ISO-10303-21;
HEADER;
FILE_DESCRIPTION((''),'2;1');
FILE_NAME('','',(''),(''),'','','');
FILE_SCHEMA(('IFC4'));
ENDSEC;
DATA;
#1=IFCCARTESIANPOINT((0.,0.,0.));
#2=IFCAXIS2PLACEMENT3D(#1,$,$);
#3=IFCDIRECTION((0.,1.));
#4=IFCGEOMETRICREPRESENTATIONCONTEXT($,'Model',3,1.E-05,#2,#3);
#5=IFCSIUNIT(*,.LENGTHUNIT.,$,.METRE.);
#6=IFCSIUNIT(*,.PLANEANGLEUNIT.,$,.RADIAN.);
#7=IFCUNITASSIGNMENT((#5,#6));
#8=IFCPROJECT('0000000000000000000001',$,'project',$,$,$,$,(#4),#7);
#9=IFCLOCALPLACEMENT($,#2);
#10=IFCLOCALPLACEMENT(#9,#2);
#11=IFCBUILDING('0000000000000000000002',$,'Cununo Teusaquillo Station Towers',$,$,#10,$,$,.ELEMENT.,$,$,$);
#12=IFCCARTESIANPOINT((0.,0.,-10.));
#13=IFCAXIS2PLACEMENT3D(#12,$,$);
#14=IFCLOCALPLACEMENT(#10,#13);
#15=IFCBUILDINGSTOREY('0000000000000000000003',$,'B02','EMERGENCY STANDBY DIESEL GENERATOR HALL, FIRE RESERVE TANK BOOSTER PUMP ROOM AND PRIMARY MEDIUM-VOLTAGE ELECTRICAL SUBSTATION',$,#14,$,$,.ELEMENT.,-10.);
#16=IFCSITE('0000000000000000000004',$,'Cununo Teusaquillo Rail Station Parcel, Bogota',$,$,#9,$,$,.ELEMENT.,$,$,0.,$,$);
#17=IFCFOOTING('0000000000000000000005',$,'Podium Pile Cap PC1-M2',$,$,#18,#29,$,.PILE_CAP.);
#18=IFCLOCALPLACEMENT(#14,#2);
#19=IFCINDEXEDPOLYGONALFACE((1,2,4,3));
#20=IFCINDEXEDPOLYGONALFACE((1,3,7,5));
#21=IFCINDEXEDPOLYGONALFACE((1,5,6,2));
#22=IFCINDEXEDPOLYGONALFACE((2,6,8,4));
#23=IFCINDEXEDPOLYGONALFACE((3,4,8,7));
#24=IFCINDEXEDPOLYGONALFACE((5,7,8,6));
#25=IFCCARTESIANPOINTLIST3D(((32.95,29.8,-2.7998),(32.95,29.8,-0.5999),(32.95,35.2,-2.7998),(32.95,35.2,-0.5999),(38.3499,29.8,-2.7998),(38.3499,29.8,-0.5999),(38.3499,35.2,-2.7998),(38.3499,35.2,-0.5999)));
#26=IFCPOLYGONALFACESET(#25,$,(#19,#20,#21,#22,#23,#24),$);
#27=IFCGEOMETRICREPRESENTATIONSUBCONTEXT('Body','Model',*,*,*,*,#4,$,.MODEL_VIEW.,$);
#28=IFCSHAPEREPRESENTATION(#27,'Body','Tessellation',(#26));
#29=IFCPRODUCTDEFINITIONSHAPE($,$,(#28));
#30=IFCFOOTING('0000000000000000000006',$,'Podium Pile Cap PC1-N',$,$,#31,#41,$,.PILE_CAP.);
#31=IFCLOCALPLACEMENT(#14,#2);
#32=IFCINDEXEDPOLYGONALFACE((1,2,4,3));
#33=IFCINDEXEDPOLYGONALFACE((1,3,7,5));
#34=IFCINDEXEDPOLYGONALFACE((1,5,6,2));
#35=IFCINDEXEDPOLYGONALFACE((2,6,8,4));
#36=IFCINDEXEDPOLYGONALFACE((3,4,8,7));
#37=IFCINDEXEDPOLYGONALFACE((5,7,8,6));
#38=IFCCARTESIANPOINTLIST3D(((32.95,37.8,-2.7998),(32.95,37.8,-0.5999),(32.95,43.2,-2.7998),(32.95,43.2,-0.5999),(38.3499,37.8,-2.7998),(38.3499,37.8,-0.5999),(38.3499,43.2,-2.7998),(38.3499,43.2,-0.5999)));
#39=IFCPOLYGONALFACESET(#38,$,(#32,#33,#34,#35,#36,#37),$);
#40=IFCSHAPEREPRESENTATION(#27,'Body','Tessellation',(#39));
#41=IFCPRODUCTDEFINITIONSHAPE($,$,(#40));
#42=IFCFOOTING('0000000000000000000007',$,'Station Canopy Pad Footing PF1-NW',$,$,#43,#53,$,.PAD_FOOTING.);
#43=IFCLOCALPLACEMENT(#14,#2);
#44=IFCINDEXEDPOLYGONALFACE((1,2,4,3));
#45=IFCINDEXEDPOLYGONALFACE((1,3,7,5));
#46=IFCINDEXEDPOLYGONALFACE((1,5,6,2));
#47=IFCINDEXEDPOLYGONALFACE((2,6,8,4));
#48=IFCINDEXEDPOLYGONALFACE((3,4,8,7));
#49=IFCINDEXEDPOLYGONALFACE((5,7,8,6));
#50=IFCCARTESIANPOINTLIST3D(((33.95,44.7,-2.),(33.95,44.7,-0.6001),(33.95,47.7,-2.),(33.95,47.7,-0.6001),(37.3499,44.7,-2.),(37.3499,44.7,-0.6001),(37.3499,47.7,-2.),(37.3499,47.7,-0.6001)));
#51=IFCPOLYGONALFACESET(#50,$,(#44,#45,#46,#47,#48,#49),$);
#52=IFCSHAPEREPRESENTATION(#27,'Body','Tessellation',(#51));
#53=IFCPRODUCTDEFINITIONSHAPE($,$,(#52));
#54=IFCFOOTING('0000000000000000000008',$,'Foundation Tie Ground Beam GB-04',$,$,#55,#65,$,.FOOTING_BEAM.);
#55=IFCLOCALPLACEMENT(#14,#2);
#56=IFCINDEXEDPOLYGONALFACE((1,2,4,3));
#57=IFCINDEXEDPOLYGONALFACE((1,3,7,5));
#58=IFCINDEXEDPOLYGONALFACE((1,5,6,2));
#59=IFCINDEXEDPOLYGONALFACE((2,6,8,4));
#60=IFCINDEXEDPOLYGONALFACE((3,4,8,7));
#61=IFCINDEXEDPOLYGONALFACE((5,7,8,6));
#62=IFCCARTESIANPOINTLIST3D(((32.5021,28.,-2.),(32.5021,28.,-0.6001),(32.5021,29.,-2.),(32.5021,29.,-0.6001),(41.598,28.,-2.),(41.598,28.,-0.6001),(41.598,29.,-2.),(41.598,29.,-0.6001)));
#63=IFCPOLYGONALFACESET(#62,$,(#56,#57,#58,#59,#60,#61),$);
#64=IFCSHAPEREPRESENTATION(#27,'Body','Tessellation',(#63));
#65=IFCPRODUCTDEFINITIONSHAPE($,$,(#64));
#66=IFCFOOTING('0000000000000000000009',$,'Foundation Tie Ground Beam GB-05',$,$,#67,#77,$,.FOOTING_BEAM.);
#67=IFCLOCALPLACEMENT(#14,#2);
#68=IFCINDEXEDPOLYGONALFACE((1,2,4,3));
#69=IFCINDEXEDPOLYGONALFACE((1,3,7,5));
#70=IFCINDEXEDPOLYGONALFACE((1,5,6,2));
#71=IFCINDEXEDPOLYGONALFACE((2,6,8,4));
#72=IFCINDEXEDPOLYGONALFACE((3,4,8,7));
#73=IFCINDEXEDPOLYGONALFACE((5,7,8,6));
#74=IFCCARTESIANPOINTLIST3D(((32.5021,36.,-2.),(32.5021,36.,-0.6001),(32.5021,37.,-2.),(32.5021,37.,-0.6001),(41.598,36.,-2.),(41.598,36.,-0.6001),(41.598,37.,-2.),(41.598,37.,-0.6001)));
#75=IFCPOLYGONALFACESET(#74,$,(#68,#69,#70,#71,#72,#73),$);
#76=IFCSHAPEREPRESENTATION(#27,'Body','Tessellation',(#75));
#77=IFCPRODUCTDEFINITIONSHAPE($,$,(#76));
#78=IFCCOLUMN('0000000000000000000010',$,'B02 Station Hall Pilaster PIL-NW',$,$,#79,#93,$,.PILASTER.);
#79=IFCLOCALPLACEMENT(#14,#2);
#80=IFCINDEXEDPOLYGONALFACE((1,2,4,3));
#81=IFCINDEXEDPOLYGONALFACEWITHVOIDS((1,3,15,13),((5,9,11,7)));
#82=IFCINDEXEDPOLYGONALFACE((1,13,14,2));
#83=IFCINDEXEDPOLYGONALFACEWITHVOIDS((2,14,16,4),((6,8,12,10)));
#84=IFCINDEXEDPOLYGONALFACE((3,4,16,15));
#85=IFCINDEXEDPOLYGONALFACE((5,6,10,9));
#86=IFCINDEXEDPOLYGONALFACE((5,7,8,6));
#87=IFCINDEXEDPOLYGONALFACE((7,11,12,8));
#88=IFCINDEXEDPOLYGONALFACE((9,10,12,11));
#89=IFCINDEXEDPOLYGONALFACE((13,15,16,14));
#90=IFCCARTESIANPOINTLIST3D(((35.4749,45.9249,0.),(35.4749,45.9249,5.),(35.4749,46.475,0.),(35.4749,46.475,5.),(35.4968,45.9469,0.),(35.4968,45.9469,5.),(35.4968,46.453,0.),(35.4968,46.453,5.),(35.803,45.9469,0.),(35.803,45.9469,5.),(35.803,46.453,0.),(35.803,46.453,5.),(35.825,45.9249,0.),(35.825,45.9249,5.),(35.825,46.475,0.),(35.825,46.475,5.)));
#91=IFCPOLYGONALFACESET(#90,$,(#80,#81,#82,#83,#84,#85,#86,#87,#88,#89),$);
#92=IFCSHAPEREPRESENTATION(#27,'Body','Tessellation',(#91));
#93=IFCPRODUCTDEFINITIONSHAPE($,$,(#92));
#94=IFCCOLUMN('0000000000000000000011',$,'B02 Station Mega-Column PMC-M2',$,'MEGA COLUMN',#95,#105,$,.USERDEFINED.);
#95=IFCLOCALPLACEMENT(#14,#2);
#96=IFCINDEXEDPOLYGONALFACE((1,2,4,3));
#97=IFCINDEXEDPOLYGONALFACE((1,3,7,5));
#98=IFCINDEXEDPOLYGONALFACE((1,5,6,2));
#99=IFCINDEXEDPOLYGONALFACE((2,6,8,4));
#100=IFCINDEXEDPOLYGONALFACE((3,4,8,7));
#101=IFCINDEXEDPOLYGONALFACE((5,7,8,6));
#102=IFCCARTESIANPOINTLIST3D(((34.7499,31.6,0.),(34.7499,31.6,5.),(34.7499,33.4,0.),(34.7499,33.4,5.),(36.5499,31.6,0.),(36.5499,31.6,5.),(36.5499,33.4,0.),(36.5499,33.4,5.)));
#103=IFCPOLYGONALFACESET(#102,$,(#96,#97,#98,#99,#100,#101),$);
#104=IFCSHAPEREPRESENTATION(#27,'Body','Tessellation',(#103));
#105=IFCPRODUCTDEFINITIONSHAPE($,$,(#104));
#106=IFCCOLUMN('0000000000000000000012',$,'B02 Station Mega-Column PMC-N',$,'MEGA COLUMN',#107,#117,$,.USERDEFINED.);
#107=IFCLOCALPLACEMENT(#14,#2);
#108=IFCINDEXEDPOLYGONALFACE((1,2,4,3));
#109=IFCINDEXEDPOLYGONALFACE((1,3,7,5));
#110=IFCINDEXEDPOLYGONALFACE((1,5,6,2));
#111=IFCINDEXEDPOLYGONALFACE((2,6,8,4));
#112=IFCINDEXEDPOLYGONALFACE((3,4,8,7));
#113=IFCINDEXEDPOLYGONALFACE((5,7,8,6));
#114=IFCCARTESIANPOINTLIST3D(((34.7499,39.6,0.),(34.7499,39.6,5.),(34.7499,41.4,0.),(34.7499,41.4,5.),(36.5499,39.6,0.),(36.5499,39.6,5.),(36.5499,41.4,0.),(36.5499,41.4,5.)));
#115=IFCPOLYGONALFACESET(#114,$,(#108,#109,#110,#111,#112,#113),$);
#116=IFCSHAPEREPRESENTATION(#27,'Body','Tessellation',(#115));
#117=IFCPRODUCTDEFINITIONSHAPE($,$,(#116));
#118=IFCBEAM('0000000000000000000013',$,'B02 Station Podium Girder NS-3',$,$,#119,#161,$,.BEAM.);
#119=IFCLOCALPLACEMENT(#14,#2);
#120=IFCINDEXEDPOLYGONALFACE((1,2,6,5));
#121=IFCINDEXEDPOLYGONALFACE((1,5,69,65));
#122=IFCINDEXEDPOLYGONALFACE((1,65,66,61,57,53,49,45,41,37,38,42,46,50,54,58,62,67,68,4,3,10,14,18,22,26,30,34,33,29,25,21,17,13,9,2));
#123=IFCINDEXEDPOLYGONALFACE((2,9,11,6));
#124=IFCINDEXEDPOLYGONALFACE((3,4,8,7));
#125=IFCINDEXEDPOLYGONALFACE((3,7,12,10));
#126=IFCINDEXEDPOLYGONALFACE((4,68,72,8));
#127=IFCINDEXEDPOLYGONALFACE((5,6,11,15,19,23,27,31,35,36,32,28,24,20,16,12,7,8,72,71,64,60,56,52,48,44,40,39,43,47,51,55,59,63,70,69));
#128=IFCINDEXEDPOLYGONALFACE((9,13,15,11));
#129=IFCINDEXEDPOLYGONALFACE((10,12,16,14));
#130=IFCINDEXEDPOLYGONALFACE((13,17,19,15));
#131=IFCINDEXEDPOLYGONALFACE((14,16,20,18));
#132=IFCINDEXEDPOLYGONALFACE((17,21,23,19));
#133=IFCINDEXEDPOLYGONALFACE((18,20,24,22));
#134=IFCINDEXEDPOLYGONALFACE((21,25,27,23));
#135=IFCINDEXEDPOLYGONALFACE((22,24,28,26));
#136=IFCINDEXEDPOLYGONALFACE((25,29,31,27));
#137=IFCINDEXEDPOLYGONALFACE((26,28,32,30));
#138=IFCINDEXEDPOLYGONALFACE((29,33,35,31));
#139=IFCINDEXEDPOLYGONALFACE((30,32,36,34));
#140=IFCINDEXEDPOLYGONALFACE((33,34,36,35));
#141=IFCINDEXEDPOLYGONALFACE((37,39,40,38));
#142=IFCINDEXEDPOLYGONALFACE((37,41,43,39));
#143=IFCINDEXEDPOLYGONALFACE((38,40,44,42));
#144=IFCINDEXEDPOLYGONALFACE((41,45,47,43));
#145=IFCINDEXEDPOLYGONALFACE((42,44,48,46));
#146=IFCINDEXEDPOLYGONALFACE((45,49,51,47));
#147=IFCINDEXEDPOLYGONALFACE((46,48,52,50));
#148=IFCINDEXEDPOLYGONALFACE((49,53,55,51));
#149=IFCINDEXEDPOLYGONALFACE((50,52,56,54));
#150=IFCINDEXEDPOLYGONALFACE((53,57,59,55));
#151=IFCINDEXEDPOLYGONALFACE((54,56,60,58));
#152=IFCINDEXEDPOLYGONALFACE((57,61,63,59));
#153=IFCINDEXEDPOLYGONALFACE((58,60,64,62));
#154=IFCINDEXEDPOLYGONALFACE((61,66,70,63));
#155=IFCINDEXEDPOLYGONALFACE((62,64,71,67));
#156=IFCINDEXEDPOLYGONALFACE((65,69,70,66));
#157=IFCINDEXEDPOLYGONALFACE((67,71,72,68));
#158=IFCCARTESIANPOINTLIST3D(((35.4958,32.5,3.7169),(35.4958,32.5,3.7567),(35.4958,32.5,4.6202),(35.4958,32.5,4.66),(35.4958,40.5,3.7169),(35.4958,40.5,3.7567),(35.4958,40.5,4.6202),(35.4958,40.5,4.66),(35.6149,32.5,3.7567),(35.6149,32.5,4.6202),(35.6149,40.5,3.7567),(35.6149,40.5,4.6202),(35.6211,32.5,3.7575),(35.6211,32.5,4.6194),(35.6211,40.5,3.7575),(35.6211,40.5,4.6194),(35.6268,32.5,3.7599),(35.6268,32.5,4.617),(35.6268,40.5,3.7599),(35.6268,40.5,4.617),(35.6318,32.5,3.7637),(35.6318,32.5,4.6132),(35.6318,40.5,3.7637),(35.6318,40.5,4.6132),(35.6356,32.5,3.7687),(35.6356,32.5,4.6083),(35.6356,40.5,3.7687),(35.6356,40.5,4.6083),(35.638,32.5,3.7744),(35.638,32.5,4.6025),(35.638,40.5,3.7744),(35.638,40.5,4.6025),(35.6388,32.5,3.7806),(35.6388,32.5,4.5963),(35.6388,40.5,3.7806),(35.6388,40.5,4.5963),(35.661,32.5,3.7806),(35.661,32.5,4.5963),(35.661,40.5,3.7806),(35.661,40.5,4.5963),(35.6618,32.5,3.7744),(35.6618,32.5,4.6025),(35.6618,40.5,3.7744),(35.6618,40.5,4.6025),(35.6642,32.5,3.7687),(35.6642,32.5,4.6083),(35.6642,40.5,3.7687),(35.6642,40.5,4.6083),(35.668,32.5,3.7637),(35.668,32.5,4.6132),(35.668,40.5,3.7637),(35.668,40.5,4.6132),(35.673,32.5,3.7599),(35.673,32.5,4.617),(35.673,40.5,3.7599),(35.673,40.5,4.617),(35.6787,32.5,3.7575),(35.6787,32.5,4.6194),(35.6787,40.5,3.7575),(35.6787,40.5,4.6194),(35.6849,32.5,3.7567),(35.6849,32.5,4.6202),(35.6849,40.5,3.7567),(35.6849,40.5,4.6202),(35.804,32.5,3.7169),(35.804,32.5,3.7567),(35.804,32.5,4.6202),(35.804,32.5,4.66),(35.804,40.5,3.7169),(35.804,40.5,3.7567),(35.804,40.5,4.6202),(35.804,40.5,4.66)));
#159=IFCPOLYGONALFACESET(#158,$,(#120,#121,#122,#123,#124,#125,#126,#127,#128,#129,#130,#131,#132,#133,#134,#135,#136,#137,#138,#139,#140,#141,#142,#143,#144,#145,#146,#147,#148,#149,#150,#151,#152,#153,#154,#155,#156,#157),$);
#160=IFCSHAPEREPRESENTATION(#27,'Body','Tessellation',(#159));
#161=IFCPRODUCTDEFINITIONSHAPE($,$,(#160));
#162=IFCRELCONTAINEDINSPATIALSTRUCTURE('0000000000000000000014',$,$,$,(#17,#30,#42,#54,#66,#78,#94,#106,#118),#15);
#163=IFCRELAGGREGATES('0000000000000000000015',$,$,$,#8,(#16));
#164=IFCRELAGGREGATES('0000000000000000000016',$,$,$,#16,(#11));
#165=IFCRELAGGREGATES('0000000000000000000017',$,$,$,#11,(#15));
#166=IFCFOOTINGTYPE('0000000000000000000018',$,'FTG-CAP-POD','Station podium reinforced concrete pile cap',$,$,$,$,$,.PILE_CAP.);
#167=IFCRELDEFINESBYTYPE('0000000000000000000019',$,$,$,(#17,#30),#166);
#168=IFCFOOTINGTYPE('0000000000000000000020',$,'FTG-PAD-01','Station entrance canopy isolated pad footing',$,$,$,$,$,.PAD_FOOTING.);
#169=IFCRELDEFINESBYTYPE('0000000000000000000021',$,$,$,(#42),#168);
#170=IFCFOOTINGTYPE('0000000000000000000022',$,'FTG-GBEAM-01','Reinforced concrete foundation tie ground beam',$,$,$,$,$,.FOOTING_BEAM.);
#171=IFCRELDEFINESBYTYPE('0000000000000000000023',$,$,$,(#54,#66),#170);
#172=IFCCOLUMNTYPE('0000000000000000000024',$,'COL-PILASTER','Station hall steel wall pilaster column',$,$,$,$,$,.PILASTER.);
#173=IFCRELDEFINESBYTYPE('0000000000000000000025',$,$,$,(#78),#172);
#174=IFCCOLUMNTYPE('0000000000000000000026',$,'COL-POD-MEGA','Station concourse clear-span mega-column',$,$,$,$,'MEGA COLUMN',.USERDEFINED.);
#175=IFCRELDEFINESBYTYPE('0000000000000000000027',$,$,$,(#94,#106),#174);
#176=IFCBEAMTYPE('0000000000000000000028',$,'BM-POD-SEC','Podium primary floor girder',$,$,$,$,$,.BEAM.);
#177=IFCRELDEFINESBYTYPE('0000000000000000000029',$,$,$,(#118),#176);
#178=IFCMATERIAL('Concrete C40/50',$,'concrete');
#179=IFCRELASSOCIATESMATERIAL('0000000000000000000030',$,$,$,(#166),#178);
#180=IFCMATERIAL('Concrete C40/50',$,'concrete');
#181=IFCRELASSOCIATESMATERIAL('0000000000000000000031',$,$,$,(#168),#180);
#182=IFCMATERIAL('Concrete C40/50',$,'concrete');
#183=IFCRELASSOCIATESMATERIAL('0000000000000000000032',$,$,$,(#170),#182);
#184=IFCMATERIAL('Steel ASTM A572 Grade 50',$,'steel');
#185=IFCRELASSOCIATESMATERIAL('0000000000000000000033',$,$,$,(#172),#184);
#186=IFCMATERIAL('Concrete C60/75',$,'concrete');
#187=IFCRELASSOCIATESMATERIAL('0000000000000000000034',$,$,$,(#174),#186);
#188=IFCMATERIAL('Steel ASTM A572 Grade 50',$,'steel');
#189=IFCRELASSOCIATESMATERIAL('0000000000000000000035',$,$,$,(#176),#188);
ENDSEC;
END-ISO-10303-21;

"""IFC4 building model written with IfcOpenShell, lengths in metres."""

from ifc_helpers import new_model, si_unit, direction, frame, origin, origin_2d, place, context, subcontext, project, spatial, rectangle, hollow_rectangle, i_section, extrude, source, transform, mapped, material, material_profile, profile_set, type_object, element, save


model = new_model("IFC4")

# Units and contexts
model_context = context("Model", 3, precision=1e-05, world=origin(), true_north=direction((0.0, 1.0)))
body_context = subcontext(model_context, "Body", "Model", "MODEL_VIEW")
ifc_project = project(units=[si_unit("LENGTHUNIT", "METRE"), si_unit("PLANEANGLEUNIT", "RADIAN")], contexts=[model_context])

# Site, building, storey
site_placement = place(None, origin())
site = spatial("IfcSite", under=ifc_project, at=site_placement, Name="Cununo Teusaquillo Rail Station Parcel, Bogota", CompositionType="ELEMENT", RefElevation=0.0)
building_placement = place(site_placement, origin())
building = spatial("IfcBuilding", under=site, at=building_placement, Name="Cununo Teusaquillo Station Towers", CompositionType="ELEMENT")
storey_placement = place(building_placement, frame((0.0, 0.0, -10.0)))
storey = spatial("IfcBuildingStorey", under=building, at=storey_placement, Name="B02", Description="EMERGENCY STANDBY DIESEL GENERATOR HALL, FIRE RESERVE TANK BOOSTER PUMP ROOM AND PRIMARY MEDIUM-VOLTAGE ELECTRICAL SUBSTATION", CompositionType="ELEMENT", Elevation=-10.0)

# Footings
ifc_material_1 = material(Name="Concrete C40/50", Category="concrete")
footing_type_1 = type_object("IfcFootingType", Name="FTG-CAP-POD", Description="Station podium reinforced concrete pile cap", PredefinedType="PILE_CAP", material=ifc_material_1)
shared_shape_1 = source(origin(), body_context, "Body", "SweptSolid", [
    extrude(rectangle(XDim=5.3999, YDim=5.3999, at=origin_2d()), origin(), (0.0, 0.0, 1.0), 2.2),
])
for number, where, z_axis, x_axis, name in (
    (1, (35.6499, 32.5, -2.7998), (0.0, 0.0, 1.0), (1.0, 0.0, 0.0), "Podium Pile Cap PC1-M2"),
    (2, (35.6499, 40.5, -2.7998), (0.0, 0.0, 1.0), (1.0, 0.0, 0.0), "Podium Pile Cap PC1-N"),
):
    element("IfcFooting", number, at=place(storey_placement, frame(where, z_axis=z_axis, x_axis=x_axis)), inside=storey, type_object=footing_type_1, Name=name, PredefinedType="PILE_CAP", context=body_context, shape_type="MappedRepresentation", body=[
        mapped(shared_shape_1, transform((0.0, 0.0, 0.0), x_axis=(1.0, 0.0, 0.0), y_axis=(0.0, 1.0, 0.0), z_axis=(0.0, 0.0, 1.0), scale=1.0)),
    ])
ifc_material_2 = material(Name="Concrete C40/50", Category="concrete")
footing_type_2 = type_object("IfcFootingType", Name="FTG-PAD-01", Description="Station entrance canopy isolated pad footing", PredefinedType="PAD_FOOTING", material=ifc_material_2)
shared_shape_2 = source(origin(), body_context, "Body", "SweptSolid", [
    extrude(rectangle(XDim=3.3999, YDim=3.0, at=origin_2d()), origin(), (0.0, 0.0, 1.0), 1.3999),
])
footing_placement = place(storey_placement, frame((35.6499, 46.2, -2.0), z_axis=(0.0, 0.0, 1.0), x_axis=(1.0, 0.0, 0.0)))
element("IfcFooting", 3, at=footing_placement, inside=storey, type_object=footing_type_2, Name="Station Canopy Pad Footing PF1-NW", PredefinedType="PAD_FOOTING", context=body_context, shape_type="MappedRepresentation", body=[
    mapped(shared_shape_2, transform((0.0, 0.0, 0.0), x_axis=(1.0, 0.0, 0.0), y_axis=(0.0, 1.0, 0.0), z_axis=(0.0, 0.0, 1.0), scale=1.0)),
])
ifc_material_3 = material(Name="Concrete C40/50", Category="concrete")
footing_type_3 = type_object("IfcFootingType", Name="FTG-GBEAM-01", Description="Reinforced concrete foundation tie ground beam", PredefinedType="FOOTING_BEAM", material=ifc_material_3)
shared_shape_3 = source(origin(), body_context, "Body", "SweptSolid", [
    extrude(rectangle(XDim=9.0959, YDim=1.0, at=origin_2d()), origin(), (0.0, 0.0, 1.0), 1.3999),
])
for number, where, z_axis, x_axis, name in (
    (4, (37.05, 28.5, -2.0), (0.0, 0.0, 1.0), (1.0, 0.0, 0.0), "Foundation Tie Ground Beam GB-04"),
    (5, (37.05, 36.5, -2.0), (0.0, 0.0, 1.0), (1.0, 0.0, 0.0), "Foundation Tie Ground Beam GB-05"),
):
    element("IfcFooting", number, at=place(storey_placement, frame(where, z_axis=z_axis, x_axis=x_axis)), inside=storey, type_object=footing_type_3, Name=name, PredefinedType="FOOTING_BEAM", context=body_context, shape_type="MappedRepresentation", body=[
        mapped(shared_shape_3, transform((0.0, 0.0, 0.0), x_axis=(1.0, 0.0, 0.0), y_axis=(0.0, 1.0, 0.0), z_axis=(0.0, 0.0, 1.0), scale=1.0)),
    ])

# Columns
ifc_material_4 = material(Name="Steel ASTM A572 Grade 50", Category="steel")
ifc_material_profile_1 = material_profile(ifc_material_4, hollow_rectangle(XDim=0.3501, YDim=0.55, WallThickness=0.022, at=origin_2d()), Name="RHS 550x350x22")
ifc_profile_set_1 = profile_set([ifc_material_profile_1], Name="Steel ASTM A572 Grade 50")
column_type_1 = type_object("IfcColumnType", Name="COL-PILASTER", Description="Station hall steel wall pilaster column", PredefinedType="PILASTER", material=ifc_profile_set_1)
column_placement = place(storey_placement, frame((35.6499, 46.2, 0.0), z_axis=(0.0, 0.0, 1.0), x_axis=(1.0, 0.0, 0.0)))
element("IfcColumn", 6, at=column_placement, inside=storey, type_object=column_type_1, Name="B02 Station Hall Pilaster PIL-NW", PredefinedType="PILASTER", context=body_context, shape_type="SweptSolid", body=[
    extrude(hollow_rectangle(XDim=0.3501, YDim=0.55, WallThickness=0.022, at=origin_2d()), origin(), (0.0, 0.0, 1.0), 5.0),
])
ifc_material_5 = material(Name="Concrete C60/75", Category="concrete")
ifc_material_profile_2 = material_profile(ifc_material_5, rectangle(XDim=1.8, YDim=1.8, at=origin_2d()), Name="RC-RECT-1800x1800")
ifc_profile_set_2 = profile_set([ifc_material_profile_2], Name="Concrete C60/75")
column_type_2 = type_object("IfcColumnType", Name="COL-POD-MEGA", Description="Station concourse clear-span mega-column", ElementType="MEGA COLUMN", PredefinedType="USERDEFINED", material=ifc_profile_set_2)
for number, where, z_axis, x_axis, name in (
    (7, (35.6499, 32.5, 0.0), (0.0, 0.0, 1.0), (1.0, 0.0, 0.0), "B02 Station Mega-Column PMC-M2"),
    (8, (35.6499, 40.5, 0.0), (0.0, 0.0, 1.0), (1.0, 0.0, 0.0), "B02 Station Mega-Column PMC-N"),
):
    element("IfcColumn", number, at=place(storey_placement, frame(where, z_axis=z_axis, x_axis=x_axis)), inside=storey, type_object=column_type_2, Name=name, ObjectType="MEGA COLUMN", PredefinedType="USERDEFINED", context=body_context, shape_type="SweptSolid", body=[
        extrude(rectangle(XDim=1.8, YDim=1.8, at=origin_2d()), origin(), (0.0, 0.0, 1.0), 5.0),
    ])

# Beam
ifc_material_6 = material(Name="Steel ASTM A572 Grade 50", Category="steel")
ifc_material_profile_3 = material_profile(ifc_material_6, i_section(OverallWidth=0.3081, OverallDepth=0.9431, WebThickness=0.0222, FlangeThickness=0.0398, FilletRadius=0.0239, at=origin_2d()), Name="W36X232")
ifc_profile_set_3 = profile_set([ifc_material_profile_3], Name="Steel ASTM A572 Grade 50")
beam_type_1 = type_object("IfcBeamType", Name="BM-POD-SEC", Description="Podium primary floor girder", PredefinedType="BEAM", material=ifc_profile_set_3)
beam_1_placement = place(storey_placement, frame((35.6499, 32.5, 4.1885), z_axis=(0.0, 1.0, 0.0), x_axis=(-1.0, 0.0, 0.0)))
element("IfcBeam", 9, at=beam_1_placement, inside=storey, type_object=beam_type_1, Name="B02 Station Podium Girder NS-3", PredefinedType="BEAM", context=body_context, shape_type="SweptSolid", body=[
    extrude(i_section(OverallWidth=0.3081, OverallDepth=0.9431, WebThickness=0.0222, FlangeThickness=0.0398, FilletRadius=0.0239, at=origin_2d()), origin(), (0.0, 0.0, 1.0), 8.0),
])

save(model, "model.ifc")
